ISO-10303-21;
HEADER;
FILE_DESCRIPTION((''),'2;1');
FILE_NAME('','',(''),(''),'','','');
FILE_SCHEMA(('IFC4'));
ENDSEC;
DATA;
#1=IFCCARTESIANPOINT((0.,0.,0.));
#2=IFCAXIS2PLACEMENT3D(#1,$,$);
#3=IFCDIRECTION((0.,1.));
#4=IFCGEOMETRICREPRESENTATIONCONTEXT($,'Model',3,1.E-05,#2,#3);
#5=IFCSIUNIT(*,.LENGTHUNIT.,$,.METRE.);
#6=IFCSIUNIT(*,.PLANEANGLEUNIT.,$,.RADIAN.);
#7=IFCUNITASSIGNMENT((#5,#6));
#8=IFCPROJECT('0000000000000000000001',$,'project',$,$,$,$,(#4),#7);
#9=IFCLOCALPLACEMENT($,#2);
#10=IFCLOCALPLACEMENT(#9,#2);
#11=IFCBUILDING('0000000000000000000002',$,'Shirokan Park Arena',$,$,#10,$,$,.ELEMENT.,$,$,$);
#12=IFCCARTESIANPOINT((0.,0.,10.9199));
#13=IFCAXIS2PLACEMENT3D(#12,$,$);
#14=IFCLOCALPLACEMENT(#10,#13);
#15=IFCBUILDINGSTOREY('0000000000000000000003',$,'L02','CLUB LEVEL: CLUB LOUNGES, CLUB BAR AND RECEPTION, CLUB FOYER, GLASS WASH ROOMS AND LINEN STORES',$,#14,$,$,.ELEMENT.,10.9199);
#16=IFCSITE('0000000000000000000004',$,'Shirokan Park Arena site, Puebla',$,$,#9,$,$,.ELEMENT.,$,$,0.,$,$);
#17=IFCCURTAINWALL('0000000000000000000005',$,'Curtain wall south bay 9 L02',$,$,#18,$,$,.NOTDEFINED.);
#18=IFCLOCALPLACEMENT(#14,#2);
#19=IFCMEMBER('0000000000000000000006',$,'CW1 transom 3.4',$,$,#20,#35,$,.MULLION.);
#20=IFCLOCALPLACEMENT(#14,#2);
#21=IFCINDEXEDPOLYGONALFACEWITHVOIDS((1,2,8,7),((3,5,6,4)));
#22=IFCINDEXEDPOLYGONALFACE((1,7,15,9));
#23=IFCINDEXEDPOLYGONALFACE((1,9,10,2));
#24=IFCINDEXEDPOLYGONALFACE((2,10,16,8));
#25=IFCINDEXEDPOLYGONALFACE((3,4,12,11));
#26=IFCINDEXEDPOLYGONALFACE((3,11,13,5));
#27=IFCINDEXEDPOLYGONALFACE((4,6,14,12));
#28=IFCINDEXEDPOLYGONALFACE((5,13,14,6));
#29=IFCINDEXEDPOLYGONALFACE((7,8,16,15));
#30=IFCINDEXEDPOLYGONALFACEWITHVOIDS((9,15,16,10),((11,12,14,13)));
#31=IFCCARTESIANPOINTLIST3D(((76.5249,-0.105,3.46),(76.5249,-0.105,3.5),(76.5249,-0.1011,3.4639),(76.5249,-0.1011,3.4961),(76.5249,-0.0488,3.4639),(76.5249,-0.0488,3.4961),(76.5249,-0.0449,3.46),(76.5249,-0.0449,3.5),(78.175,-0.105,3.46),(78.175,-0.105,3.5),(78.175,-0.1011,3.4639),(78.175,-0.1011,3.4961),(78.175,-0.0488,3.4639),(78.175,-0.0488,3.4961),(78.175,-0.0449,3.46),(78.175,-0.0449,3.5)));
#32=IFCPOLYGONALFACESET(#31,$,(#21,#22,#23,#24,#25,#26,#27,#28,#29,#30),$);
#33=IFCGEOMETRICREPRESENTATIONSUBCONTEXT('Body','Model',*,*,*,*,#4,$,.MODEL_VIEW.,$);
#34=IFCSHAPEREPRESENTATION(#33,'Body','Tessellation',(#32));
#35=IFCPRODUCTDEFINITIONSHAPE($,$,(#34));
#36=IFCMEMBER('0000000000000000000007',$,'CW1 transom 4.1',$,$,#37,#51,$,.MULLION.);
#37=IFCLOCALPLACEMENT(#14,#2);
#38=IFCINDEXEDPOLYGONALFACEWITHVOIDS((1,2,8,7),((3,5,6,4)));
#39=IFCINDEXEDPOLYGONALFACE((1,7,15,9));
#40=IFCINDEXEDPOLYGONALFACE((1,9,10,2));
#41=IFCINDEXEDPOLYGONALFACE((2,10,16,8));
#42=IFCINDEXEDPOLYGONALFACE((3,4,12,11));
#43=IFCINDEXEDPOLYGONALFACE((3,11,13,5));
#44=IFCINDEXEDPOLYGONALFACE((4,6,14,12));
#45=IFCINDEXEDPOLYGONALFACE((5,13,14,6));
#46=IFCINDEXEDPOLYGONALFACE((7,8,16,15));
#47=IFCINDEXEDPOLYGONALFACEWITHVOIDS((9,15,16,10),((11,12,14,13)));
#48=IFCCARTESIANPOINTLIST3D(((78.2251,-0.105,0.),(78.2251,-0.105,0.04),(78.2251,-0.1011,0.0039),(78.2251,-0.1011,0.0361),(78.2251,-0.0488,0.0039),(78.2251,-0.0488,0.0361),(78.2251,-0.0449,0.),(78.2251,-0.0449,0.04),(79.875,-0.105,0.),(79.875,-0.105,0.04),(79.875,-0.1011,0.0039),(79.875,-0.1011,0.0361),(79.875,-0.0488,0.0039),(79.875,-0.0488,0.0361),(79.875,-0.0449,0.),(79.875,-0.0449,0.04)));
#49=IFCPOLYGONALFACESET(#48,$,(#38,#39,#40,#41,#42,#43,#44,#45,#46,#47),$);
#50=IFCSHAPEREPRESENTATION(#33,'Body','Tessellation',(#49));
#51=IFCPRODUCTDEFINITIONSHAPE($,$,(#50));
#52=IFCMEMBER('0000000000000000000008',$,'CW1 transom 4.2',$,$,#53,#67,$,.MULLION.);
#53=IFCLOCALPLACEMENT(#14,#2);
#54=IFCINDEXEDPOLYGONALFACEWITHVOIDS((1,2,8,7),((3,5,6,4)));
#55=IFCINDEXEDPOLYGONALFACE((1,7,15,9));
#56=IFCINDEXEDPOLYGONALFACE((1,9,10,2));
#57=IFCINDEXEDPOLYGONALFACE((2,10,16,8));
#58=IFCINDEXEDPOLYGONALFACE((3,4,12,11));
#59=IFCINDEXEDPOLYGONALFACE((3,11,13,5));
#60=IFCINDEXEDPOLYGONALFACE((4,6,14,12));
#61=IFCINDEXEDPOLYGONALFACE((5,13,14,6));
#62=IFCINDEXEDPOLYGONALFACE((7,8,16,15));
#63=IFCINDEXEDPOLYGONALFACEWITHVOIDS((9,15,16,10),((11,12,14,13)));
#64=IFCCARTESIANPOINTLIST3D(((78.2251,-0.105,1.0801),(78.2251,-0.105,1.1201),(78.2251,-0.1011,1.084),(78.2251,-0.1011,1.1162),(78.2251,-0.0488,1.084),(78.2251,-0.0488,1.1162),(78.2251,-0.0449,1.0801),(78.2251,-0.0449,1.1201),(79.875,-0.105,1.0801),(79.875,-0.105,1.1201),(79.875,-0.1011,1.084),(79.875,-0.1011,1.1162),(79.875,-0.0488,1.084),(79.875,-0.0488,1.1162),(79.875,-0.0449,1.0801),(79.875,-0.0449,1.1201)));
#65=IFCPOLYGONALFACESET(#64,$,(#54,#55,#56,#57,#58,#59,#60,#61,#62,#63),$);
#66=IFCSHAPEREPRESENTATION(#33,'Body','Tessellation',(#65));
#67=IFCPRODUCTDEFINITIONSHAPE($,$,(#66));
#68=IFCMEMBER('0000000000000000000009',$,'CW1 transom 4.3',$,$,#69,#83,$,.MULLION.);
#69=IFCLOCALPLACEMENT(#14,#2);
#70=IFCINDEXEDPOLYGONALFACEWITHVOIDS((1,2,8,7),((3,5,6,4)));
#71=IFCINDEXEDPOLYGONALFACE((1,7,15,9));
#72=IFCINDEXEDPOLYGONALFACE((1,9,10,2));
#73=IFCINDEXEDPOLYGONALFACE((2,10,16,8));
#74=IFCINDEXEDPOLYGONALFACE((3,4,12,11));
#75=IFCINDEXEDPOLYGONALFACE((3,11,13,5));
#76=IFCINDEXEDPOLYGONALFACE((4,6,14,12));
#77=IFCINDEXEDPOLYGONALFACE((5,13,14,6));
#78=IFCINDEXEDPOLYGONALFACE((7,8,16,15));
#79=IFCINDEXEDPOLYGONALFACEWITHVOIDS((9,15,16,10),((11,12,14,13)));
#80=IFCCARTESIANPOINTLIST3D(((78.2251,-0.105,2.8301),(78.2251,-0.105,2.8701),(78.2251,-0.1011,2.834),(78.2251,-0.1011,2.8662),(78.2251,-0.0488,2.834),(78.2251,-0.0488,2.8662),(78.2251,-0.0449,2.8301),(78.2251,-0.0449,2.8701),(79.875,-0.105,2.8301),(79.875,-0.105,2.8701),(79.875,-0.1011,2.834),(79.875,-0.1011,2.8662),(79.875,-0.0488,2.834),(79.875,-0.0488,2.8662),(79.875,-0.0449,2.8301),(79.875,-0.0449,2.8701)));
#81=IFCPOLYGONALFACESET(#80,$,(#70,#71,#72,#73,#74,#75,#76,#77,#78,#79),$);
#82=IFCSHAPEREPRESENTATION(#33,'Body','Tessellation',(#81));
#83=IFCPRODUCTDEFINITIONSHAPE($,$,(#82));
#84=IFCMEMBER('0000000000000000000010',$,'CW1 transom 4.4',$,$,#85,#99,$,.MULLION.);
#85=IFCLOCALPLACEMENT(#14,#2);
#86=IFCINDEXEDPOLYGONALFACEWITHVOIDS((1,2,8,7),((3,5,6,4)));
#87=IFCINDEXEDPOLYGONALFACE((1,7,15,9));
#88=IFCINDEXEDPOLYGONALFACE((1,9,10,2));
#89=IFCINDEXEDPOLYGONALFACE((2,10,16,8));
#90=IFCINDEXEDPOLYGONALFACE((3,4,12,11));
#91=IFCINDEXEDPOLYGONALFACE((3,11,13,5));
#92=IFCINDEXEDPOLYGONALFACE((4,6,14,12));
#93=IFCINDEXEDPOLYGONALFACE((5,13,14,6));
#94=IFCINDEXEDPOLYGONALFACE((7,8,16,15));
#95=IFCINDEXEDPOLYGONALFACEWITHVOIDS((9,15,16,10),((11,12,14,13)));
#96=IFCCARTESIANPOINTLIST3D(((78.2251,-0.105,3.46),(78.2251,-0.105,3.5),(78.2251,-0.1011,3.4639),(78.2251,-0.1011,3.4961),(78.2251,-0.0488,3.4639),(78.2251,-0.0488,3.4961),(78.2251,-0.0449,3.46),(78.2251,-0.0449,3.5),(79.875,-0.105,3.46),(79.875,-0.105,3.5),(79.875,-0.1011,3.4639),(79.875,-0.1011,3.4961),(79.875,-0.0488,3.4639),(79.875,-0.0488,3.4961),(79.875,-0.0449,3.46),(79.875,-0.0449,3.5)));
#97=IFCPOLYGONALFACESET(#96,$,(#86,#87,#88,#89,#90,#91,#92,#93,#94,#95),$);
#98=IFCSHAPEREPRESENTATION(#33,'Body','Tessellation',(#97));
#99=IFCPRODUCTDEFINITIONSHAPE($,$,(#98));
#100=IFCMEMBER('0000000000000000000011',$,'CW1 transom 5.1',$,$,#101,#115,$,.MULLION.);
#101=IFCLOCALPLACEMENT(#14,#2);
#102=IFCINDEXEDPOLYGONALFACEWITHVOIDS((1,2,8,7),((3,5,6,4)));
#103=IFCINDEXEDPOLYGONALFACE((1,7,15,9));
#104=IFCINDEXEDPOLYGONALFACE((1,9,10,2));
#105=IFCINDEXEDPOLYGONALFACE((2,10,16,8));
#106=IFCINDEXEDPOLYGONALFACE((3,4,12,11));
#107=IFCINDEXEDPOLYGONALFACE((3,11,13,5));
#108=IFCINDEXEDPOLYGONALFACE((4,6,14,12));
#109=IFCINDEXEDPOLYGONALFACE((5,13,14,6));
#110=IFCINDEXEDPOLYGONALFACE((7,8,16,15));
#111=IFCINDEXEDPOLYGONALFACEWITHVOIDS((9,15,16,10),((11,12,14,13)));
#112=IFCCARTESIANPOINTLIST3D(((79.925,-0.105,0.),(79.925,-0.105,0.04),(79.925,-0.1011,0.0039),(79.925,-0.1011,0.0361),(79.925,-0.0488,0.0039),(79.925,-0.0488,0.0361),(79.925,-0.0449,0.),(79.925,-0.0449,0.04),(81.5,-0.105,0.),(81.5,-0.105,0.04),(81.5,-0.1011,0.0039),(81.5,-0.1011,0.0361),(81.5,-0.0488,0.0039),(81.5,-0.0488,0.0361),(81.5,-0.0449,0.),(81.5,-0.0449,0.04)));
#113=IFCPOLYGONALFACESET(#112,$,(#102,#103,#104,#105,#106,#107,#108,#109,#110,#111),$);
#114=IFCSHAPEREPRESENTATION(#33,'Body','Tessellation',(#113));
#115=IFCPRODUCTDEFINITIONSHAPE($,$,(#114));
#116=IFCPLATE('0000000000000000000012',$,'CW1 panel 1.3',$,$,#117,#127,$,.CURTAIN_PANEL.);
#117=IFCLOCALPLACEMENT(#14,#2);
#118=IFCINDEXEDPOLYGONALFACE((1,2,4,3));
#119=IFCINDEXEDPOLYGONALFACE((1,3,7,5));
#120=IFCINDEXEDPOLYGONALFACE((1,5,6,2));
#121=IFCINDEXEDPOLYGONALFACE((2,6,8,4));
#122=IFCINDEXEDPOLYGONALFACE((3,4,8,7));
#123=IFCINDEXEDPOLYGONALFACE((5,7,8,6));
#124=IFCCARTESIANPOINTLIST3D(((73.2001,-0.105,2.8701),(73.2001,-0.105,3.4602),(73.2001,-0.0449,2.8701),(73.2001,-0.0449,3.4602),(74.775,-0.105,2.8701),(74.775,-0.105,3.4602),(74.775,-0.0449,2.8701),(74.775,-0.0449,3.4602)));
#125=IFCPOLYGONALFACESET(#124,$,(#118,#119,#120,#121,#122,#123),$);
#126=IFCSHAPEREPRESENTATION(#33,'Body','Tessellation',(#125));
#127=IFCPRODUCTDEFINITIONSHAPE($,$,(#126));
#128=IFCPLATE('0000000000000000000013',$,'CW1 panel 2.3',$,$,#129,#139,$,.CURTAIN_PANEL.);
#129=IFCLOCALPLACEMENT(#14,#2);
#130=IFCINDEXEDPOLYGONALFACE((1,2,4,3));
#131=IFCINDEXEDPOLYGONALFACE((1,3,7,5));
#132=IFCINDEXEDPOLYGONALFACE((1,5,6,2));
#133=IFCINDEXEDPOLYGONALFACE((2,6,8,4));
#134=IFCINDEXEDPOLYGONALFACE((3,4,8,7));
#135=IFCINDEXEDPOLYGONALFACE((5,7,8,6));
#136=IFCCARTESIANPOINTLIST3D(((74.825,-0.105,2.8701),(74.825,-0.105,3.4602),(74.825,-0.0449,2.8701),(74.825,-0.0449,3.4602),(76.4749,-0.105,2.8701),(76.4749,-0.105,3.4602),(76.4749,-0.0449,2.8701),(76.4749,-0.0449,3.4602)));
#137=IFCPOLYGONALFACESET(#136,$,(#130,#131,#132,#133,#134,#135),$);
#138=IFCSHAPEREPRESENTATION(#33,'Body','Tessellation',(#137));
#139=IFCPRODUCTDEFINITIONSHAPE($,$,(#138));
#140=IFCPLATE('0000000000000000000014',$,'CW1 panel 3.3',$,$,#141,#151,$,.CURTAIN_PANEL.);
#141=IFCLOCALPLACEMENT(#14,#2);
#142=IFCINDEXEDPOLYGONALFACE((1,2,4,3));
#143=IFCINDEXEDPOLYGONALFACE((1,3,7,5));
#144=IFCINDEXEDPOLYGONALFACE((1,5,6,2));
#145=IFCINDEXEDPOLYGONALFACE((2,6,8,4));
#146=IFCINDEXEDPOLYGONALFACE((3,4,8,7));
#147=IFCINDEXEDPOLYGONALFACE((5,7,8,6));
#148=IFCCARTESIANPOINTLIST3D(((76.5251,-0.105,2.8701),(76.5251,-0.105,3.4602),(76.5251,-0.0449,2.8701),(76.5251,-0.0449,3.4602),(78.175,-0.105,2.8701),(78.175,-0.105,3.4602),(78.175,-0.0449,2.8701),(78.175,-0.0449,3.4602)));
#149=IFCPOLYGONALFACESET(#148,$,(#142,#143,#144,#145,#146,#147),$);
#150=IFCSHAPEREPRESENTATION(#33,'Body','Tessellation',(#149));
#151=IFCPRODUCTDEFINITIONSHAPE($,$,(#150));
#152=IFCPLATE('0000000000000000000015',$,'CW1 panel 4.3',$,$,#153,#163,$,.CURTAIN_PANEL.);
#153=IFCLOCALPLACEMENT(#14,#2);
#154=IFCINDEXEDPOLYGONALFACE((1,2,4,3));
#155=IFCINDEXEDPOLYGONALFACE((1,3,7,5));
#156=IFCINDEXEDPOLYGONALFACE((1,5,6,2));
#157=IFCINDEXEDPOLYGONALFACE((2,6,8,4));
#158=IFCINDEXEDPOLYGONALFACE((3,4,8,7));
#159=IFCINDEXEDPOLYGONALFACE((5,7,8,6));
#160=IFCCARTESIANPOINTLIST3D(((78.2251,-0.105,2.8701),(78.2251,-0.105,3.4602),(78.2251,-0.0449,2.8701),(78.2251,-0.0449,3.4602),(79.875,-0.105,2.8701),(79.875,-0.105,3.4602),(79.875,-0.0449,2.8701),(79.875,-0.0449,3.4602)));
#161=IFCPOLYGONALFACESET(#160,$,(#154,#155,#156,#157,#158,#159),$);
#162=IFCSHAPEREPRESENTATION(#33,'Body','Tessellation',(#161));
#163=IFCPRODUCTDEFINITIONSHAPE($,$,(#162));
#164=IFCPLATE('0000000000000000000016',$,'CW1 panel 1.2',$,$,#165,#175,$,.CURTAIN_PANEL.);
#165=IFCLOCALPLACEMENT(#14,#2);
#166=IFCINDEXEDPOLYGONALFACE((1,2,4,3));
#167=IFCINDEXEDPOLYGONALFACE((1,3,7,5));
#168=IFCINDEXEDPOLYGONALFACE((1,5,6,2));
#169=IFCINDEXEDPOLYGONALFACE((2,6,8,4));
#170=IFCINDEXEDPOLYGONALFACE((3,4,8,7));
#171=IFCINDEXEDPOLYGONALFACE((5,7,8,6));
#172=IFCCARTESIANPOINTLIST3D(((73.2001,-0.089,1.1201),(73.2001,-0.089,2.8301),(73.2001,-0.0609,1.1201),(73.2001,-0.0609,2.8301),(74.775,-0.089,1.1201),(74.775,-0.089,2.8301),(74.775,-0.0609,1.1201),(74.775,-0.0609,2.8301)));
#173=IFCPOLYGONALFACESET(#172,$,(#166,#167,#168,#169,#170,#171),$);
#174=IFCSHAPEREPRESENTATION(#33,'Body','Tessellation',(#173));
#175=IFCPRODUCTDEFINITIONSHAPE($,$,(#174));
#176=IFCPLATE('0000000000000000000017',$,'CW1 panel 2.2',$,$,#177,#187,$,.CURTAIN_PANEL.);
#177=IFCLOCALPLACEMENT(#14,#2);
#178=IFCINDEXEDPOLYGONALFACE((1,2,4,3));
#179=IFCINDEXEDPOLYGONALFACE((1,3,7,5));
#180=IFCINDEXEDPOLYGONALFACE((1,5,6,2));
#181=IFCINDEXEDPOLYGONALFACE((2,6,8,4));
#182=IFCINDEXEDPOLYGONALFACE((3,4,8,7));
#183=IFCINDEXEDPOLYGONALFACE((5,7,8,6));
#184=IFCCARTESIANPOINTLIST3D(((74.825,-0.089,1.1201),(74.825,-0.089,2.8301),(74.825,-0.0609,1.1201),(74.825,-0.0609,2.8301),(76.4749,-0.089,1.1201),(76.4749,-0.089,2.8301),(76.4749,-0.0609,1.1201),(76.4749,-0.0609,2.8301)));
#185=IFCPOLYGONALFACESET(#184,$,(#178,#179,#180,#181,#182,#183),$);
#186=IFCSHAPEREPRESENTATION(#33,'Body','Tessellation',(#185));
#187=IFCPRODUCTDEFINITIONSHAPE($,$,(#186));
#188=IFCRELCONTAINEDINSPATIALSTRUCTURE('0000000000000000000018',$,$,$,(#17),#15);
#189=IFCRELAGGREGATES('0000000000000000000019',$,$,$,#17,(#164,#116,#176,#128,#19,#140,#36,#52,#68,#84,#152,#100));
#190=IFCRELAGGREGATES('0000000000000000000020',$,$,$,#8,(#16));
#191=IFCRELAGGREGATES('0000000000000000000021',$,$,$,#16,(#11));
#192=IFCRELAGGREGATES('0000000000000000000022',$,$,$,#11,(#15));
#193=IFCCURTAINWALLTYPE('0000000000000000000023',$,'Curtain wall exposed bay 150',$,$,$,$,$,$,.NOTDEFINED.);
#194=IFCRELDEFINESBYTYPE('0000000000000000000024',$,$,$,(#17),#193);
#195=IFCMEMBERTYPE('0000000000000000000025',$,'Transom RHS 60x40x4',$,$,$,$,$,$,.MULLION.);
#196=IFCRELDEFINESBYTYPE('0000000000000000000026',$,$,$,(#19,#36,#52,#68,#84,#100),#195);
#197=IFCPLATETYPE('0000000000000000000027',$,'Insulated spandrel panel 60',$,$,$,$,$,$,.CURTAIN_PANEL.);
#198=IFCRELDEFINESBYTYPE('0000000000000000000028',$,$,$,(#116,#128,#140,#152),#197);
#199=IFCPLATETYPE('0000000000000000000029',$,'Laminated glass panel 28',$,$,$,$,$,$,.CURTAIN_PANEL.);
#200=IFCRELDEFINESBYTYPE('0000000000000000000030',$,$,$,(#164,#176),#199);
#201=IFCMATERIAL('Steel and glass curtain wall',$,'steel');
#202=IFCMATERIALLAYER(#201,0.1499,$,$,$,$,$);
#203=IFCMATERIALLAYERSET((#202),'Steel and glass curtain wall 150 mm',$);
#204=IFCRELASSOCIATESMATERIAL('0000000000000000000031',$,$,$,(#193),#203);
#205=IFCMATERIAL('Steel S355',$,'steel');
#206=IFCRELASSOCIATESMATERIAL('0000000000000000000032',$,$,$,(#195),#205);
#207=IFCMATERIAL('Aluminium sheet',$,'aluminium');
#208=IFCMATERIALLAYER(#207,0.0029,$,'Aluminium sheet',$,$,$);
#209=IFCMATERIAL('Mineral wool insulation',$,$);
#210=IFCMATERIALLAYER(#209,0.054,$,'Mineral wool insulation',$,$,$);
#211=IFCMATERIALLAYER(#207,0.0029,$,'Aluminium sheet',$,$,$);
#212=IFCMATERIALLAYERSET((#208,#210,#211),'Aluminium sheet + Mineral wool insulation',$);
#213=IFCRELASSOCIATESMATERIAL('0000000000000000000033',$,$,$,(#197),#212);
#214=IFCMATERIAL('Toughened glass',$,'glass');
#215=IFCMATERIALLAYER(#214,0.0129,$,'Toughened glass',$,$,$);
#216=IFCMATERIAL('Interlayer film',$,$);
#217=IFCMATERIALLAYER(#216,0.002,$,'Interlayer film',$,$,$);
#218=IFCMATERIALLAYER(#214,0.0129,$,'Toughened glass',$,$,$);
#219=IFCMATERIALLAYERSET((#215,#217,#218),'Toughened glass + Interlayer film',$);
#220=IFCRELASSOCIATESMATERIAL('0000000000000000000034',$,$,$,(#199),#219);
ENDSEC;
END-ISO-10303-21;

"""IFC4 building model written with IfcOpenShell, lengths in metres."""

from ifc_helpers import new_model, si_unit, direction, frame, origin, origin_2d, place, context, subcontext, project, spatial, rectangle, hollow_rectangle, extrude, material, layer, layer_set, material_profile, profile_set, type_object, element, aggregate, save


model = new_model("IFC4")

# Units and contexts
model_context = context("Model", 3, precision=1e-05, world=origin(), true_north=direction((0.0, 1.0)))
body_context = subcontext(model_context, "Body", "Model", "MODEL_VIEW")
ifc_project = project(units=[si_unit("LENGTHUNIT", "METRE"), si_unit("PLANEANGLEUNIT", "RADIAN")], contexts=[model_context])

# Site, building, storey
site_placement = place(None, origin())
site = spatial("IfcSite", under=ifc_project, at=site_placement, Name="Shirokan Park Arena site, Puebla", CompositionType="ELEMENT", RefElevation=0.0)
building_placement = place(site_placement, origin())
building = spatial("IfcBuilding", under=site, at=building_placement, Name="Shirokan Park Arena", CompositionType="ELEMENT")
storey_placement = place(building_placement, frame((0.0, 0.0, 10.9199)))
storey = spatial("IfcBuildingStorey", under=building, at=storey_placement, Name="L02", Description="CLUB LEVEL: CLUB LOUNGES, CLUB BAR AND RECEPTION, CLUB FOYER, GLASS WASH ROOMS AND LINEN STORES", CompositionType="ELEMENT", Elevation=10.9199)

# Curtain wall, members, plates
ifc_material_1 = material(Name="Steel and glass curtain wall", Category="steel")
ifc_layer_1 = layer(ifc_material_1, 0.1499)
ifc_layer_set_1 = layer_set([ifc_layer_1], Name="Steel and glass curtain wall 150 mm")
curtain_wall_type = type_object("IfcCurtainWallType", Name="Curtain wall exposed bay 150", PredefinedType="NOTDEFINED", material=ifc_layer_set_1)
curtain_wall_placement = place(storey_placement, origin())
curtain_wall = element("IfcCurtainWall", 1, at=curtain_wall_placement, inside=storey, type_object=curtain_wall_type, Name="Curtain wall south bay 9 L02", PredefinedType="NOTDEFINED")
ifc_material_2 = material(Name="Steel S355", Category="steel")
ifc_material_profile_1 = material_profile(ifc_material_2, hollow_rectangle(XDim=0.0601, YDim=0.04, WallThickness=0.0039, at=origin_2d()), Name="RHS 60x40x4")
ifc_profile_set_1 = profile_set([ifc_material_profile_1], Name="Steel S355")
member_type_1 = type_object("IfcMemberType", Name="Transom RHS 60x40x4", PredefinedType="MULLION", material=ifc_profile_set_1)
member_1_placement = place(storey_placement, frame((76.5249, -0.075, 3.48), z_axis=(1.0, 0.0, 0.0), x_axis=(0.0, 1.0, 0.0)))
member_1 = element("IfcMember", 2, at=member_1_placement, type_object=member_type_1, Name="CW1 transom 3.4", PredefinedType="MULLION", context=body_context, shape_type="SweptSolid", body=[
    extrude(hollow_rectangle(XDim=0.0601, YDim=0.04, WallThickness=0.0039, at=origin_2d()), origin(), (0.0, 0.0, 1.0), 1.6501),
])
member_2_placement = place(storey_placement, frame((78.2251, -0.075, 0.02), z_axis=(1.0, 0.0, 0.0), x_axis=(0.0, 1.0, 0.0)))
member_2 = element("IfcMember", 3, at=member_2_placement, type_object=member_type_1, Name="CW1 transom 4.1", PredefinedType="MULLION", context=body_context, shape_type="SweptSolid", body=[
    extrude(hollow_rectangle(XDim=0.0601, YDim=0.04, WallThickness=0.0039, at=origin_2d()), origin(), (0.0, 0.0, 1.0), 1.6499),
])
member_3_placement = place(storey_placement, frame((78.2251, -0.075, 1.1001), z_axis=(1.0, 0.0, 0.0), x_axis=(0.0, 1.0, 0.0)))
member_3 = element("IfcMember", 4, at=member_3_placement, type_object=member_type_1, Name="CW1 transom 4.2", PredefinedType="MULLION", context=body_context, shape_type="SweptSolid", body=[
    extrude(hollow_rectangle(XDim=0.0601, YDim=0.04, WallThickness=0.0039, at=origin_2d()), origin(), (0.0, 0.0, 1.0), 1.6499),
])
member_4_placement = place(storey_placement, frame((78.2251, -0.075, 2.8501), z_axis=(1.0, 0.0, 0.0), x_axis=(0.0, 1.0, 0.0)))
member_4 = element("IfcMember", 5, at=member_4_placement, type_object=member_type_1, Name="CW1 transom 4.3", PredefinedType="MULLION", context=body_context, shape_type="SweptSolid", body=[
    extrude(hollow_rectangle(XDim=0.0601, YDim=0.04, WallThickness=0.0039, at=origin_2d()), origin(), (0.0, 0.0, 1.0), 1.6499),
])
member_5_placement = place(storey_placement, frame((78.2251, -0.075, 3.48), z_axis=(1.0, 0.0, 0.0), x_axis=(0.0, 1.0, 0.0)))
member_5 = element("IfcMember", 6, at=member_5_placement, type_object=member_type_1, Name="CW1 transom 4.4", PredefinedType="MULLION", context=body_context, shape_type="SweptSolid", body=[
    extrude(hollow_rectangle(XDim=0.0601, YDim=0.04, WallThickness=0.0039, at=origin_2d()), origin(), (0.0, 0.0, 1.0), 1.6499),
])
member_6_placement = place(storey_placement, frame((79.925, -0.075, 0.02), z_axis=(1.0, 0.0, 0.0), x_axis=(0.0, 1.0, 0.0)))
member_6 = element("IfcMember", 7, at=member_6_placement, type_object=member_type_1, Name="CW1 transom 5.1", PredefinedType="MULLION", context=body_context, shape_type="SweptSolid", body=[
    extrude(hollow_rectangle(XDim=0.0601, YDim=0.04, WallThickness=0.0039, at=origin_2d()), origin(), (0.0, 0.0, 1.0), 1.575),
])
ifc_material_3 = material(Name="Aluminium sheet", Category="aluminium")
ifc_layer_2 = layer(ifc_material_3, 0.0029, Name="Aluminium sheet")
ifc_material_4 = material(Name="Mineral wool insulation")
ifc_layer_3 = layer(ifc_material_4, 0.054, Name="Mineral wool insulation")
ifc_layer_4 = layer(ifc_material_3, 0.0029, Name="Aluminium sheet")
ifc_layer_set_2 = layer_set([ifc_layer_2, ifc_layer_3, ifc_layer_4], Name="Aluminium sheet + Mineral wool insulation")
plate_type_1 = type_object("IfcPlateType", Name="Insulated spandrel panel 60", PredefinedType="CURTAIN_PANEL", material=ifc_layer_set_2)
plate_1_placement = place(storey_placement, frame((73.9875, -0.075, 2.8701), z_axis=(0.0, 0.0, 1.0), x_axis=(1.0, 0.0, 0.0)))
plate_1 = element("IfcPlate", 8, at=plate_1_placement, type_object=plate_type_1, Name="CW1 panel 1.3", PredefinedType="CURTAIN_PANEL", context=body_context, shape_type="SweptSolid", body=[
    extrude(rectangle(XDim=1.575, YDim=0.0601, at=origin_2d()), origin(), (0.0, 0.0, 1.0), 0.5901),
])
plate_2_placement = place(storey_placement, frame((75.6499, -0.075, 2.8701), z_axis=(0.0, 0.0, 1.0), x_axis=(1.0, 0.0, 0.0)))
plate_2 = element("IfcPlate", 9, at=plate_2_placement, type_object=plate_type_1, Name="CW1 panel 2.3", PredefinedType="CURTAIN_PANEL", context=body_context, shape_type="SweptSolid", body=[
    extrude(rectangle(XDim=1.6499, YDim=0.0601, at=origin_2d()), origin(), (0.0, 0.0, 1.0), 0.5901),
])
plate_3_placement = place(storey_placement, frame((77.3501, -0.075, 2.8701), z_axis=(0.0, 0.0, 1.0), x_axis=(1.0, 0.0, 0.0)))
plate_3 = element("IfcPlate", 10, at=plate_3_placement, type_object=plate_type_1, Name="CW1 panel 3.3", PredefinedType="CURTAIN_PANEL", context=body_context, shape_type="SweptSolid", body=[
    extrude(rectangle(XDim=1.6499, YDim=0.0601, at=origin_2d()), origin(), (0.0, 0.0, 1.0), 0.5901),
])
plate_4_placement = place(storey_placement, frame((79.05, -0.075, 2.8701), z_axis=(0.0, 0.0, 1.0), x_axis=(1.0, 0.0, 0.0)))
plate_4 = element("IfcPlate", 11, at=plate_4_placement, type_object=plate_type_1, Name="CW1 panel 4.3", PredefinedType="CURTAIN_PANEL", context=body_context, shape_type="SweptSolid", body=[
    extrude(rectangle(XDim=1.6499, YDim=0.0601, at=origin_2d()), origin(), (0.0, 0.0, 1.0), 0.5901),
])
ifc_material_5 = material(Name="Toughened glass", Category="glass")
ifc_layer_5 = layer(ifc_material_5, 0.0129, Name="Toughened glass")
ifc_material_6 = material(Name="Interlayer film")
ifc_layer_6 = layer(ifc_material_6, 0.002, Name="Interlayer film")
ifc_layer_7 = layer(ifc_material_5, 0.0129, Name="Toughened glass")
ifc_layer_set_3 = layer_set([ifc_layer_5, ifc_layer_6, ifc_layer_7], Name="Toughened glass + Interlayer film")
plate_type_2 = type_object("IfcPlateType", Name="Laminated glass panel 28", PredefinedType="CURTAIN_PANEL", material=ifc_layer_set_3)
plate_5_placement = place(storey_placement, frame((73.9875, -0.075, 1.1201), z_axis=(0.0, 0.0, 1.0), x_axis=(1.0, 0.0, 0.0)))
plate_5 = element("IfcPlate", 12, at=plate_5_placement, type_object=plate_type_2, Name="CW1 panel 1.2", PredefinedType="CURTAIN_PANEL", context=body_context, shape_type="SweptSolid", body=[
    extrude(rectangle(XDim=1.575, YDim=0.0281, at=origin_2d()), origin(), (0.0, 0.0, 1.0), 1.71),
])
plate_6_placement = place(storey_placement, frame((75.6499, -0.075, 1.1201), z_axis=(0.0, 0.0, 1.0), x_axis=(1.0, 0.0, 0.0)))
plate_6 = element("IfcPlate", 13, at=plate_6_placement, type_object=plate_type_2, Name="CW1 panel 2.2", PredefinedType="CURTAIN_PANEL", context=body_context, shape_type="SweptSolid", body=[
    extrude(rectangle(XDim=1.6499, YDim=0.0281, at=origin_2d()), origin(), (0.0, 0.0, 1.0), 1.71),
])
aggregate(curtain_wall, [plate_5, plate_1, plate_6, plate_2, member_1, plate_3, member_2, member_3, member_4, member_5, plate_4, member_6])

save(model, "model.ifc")
